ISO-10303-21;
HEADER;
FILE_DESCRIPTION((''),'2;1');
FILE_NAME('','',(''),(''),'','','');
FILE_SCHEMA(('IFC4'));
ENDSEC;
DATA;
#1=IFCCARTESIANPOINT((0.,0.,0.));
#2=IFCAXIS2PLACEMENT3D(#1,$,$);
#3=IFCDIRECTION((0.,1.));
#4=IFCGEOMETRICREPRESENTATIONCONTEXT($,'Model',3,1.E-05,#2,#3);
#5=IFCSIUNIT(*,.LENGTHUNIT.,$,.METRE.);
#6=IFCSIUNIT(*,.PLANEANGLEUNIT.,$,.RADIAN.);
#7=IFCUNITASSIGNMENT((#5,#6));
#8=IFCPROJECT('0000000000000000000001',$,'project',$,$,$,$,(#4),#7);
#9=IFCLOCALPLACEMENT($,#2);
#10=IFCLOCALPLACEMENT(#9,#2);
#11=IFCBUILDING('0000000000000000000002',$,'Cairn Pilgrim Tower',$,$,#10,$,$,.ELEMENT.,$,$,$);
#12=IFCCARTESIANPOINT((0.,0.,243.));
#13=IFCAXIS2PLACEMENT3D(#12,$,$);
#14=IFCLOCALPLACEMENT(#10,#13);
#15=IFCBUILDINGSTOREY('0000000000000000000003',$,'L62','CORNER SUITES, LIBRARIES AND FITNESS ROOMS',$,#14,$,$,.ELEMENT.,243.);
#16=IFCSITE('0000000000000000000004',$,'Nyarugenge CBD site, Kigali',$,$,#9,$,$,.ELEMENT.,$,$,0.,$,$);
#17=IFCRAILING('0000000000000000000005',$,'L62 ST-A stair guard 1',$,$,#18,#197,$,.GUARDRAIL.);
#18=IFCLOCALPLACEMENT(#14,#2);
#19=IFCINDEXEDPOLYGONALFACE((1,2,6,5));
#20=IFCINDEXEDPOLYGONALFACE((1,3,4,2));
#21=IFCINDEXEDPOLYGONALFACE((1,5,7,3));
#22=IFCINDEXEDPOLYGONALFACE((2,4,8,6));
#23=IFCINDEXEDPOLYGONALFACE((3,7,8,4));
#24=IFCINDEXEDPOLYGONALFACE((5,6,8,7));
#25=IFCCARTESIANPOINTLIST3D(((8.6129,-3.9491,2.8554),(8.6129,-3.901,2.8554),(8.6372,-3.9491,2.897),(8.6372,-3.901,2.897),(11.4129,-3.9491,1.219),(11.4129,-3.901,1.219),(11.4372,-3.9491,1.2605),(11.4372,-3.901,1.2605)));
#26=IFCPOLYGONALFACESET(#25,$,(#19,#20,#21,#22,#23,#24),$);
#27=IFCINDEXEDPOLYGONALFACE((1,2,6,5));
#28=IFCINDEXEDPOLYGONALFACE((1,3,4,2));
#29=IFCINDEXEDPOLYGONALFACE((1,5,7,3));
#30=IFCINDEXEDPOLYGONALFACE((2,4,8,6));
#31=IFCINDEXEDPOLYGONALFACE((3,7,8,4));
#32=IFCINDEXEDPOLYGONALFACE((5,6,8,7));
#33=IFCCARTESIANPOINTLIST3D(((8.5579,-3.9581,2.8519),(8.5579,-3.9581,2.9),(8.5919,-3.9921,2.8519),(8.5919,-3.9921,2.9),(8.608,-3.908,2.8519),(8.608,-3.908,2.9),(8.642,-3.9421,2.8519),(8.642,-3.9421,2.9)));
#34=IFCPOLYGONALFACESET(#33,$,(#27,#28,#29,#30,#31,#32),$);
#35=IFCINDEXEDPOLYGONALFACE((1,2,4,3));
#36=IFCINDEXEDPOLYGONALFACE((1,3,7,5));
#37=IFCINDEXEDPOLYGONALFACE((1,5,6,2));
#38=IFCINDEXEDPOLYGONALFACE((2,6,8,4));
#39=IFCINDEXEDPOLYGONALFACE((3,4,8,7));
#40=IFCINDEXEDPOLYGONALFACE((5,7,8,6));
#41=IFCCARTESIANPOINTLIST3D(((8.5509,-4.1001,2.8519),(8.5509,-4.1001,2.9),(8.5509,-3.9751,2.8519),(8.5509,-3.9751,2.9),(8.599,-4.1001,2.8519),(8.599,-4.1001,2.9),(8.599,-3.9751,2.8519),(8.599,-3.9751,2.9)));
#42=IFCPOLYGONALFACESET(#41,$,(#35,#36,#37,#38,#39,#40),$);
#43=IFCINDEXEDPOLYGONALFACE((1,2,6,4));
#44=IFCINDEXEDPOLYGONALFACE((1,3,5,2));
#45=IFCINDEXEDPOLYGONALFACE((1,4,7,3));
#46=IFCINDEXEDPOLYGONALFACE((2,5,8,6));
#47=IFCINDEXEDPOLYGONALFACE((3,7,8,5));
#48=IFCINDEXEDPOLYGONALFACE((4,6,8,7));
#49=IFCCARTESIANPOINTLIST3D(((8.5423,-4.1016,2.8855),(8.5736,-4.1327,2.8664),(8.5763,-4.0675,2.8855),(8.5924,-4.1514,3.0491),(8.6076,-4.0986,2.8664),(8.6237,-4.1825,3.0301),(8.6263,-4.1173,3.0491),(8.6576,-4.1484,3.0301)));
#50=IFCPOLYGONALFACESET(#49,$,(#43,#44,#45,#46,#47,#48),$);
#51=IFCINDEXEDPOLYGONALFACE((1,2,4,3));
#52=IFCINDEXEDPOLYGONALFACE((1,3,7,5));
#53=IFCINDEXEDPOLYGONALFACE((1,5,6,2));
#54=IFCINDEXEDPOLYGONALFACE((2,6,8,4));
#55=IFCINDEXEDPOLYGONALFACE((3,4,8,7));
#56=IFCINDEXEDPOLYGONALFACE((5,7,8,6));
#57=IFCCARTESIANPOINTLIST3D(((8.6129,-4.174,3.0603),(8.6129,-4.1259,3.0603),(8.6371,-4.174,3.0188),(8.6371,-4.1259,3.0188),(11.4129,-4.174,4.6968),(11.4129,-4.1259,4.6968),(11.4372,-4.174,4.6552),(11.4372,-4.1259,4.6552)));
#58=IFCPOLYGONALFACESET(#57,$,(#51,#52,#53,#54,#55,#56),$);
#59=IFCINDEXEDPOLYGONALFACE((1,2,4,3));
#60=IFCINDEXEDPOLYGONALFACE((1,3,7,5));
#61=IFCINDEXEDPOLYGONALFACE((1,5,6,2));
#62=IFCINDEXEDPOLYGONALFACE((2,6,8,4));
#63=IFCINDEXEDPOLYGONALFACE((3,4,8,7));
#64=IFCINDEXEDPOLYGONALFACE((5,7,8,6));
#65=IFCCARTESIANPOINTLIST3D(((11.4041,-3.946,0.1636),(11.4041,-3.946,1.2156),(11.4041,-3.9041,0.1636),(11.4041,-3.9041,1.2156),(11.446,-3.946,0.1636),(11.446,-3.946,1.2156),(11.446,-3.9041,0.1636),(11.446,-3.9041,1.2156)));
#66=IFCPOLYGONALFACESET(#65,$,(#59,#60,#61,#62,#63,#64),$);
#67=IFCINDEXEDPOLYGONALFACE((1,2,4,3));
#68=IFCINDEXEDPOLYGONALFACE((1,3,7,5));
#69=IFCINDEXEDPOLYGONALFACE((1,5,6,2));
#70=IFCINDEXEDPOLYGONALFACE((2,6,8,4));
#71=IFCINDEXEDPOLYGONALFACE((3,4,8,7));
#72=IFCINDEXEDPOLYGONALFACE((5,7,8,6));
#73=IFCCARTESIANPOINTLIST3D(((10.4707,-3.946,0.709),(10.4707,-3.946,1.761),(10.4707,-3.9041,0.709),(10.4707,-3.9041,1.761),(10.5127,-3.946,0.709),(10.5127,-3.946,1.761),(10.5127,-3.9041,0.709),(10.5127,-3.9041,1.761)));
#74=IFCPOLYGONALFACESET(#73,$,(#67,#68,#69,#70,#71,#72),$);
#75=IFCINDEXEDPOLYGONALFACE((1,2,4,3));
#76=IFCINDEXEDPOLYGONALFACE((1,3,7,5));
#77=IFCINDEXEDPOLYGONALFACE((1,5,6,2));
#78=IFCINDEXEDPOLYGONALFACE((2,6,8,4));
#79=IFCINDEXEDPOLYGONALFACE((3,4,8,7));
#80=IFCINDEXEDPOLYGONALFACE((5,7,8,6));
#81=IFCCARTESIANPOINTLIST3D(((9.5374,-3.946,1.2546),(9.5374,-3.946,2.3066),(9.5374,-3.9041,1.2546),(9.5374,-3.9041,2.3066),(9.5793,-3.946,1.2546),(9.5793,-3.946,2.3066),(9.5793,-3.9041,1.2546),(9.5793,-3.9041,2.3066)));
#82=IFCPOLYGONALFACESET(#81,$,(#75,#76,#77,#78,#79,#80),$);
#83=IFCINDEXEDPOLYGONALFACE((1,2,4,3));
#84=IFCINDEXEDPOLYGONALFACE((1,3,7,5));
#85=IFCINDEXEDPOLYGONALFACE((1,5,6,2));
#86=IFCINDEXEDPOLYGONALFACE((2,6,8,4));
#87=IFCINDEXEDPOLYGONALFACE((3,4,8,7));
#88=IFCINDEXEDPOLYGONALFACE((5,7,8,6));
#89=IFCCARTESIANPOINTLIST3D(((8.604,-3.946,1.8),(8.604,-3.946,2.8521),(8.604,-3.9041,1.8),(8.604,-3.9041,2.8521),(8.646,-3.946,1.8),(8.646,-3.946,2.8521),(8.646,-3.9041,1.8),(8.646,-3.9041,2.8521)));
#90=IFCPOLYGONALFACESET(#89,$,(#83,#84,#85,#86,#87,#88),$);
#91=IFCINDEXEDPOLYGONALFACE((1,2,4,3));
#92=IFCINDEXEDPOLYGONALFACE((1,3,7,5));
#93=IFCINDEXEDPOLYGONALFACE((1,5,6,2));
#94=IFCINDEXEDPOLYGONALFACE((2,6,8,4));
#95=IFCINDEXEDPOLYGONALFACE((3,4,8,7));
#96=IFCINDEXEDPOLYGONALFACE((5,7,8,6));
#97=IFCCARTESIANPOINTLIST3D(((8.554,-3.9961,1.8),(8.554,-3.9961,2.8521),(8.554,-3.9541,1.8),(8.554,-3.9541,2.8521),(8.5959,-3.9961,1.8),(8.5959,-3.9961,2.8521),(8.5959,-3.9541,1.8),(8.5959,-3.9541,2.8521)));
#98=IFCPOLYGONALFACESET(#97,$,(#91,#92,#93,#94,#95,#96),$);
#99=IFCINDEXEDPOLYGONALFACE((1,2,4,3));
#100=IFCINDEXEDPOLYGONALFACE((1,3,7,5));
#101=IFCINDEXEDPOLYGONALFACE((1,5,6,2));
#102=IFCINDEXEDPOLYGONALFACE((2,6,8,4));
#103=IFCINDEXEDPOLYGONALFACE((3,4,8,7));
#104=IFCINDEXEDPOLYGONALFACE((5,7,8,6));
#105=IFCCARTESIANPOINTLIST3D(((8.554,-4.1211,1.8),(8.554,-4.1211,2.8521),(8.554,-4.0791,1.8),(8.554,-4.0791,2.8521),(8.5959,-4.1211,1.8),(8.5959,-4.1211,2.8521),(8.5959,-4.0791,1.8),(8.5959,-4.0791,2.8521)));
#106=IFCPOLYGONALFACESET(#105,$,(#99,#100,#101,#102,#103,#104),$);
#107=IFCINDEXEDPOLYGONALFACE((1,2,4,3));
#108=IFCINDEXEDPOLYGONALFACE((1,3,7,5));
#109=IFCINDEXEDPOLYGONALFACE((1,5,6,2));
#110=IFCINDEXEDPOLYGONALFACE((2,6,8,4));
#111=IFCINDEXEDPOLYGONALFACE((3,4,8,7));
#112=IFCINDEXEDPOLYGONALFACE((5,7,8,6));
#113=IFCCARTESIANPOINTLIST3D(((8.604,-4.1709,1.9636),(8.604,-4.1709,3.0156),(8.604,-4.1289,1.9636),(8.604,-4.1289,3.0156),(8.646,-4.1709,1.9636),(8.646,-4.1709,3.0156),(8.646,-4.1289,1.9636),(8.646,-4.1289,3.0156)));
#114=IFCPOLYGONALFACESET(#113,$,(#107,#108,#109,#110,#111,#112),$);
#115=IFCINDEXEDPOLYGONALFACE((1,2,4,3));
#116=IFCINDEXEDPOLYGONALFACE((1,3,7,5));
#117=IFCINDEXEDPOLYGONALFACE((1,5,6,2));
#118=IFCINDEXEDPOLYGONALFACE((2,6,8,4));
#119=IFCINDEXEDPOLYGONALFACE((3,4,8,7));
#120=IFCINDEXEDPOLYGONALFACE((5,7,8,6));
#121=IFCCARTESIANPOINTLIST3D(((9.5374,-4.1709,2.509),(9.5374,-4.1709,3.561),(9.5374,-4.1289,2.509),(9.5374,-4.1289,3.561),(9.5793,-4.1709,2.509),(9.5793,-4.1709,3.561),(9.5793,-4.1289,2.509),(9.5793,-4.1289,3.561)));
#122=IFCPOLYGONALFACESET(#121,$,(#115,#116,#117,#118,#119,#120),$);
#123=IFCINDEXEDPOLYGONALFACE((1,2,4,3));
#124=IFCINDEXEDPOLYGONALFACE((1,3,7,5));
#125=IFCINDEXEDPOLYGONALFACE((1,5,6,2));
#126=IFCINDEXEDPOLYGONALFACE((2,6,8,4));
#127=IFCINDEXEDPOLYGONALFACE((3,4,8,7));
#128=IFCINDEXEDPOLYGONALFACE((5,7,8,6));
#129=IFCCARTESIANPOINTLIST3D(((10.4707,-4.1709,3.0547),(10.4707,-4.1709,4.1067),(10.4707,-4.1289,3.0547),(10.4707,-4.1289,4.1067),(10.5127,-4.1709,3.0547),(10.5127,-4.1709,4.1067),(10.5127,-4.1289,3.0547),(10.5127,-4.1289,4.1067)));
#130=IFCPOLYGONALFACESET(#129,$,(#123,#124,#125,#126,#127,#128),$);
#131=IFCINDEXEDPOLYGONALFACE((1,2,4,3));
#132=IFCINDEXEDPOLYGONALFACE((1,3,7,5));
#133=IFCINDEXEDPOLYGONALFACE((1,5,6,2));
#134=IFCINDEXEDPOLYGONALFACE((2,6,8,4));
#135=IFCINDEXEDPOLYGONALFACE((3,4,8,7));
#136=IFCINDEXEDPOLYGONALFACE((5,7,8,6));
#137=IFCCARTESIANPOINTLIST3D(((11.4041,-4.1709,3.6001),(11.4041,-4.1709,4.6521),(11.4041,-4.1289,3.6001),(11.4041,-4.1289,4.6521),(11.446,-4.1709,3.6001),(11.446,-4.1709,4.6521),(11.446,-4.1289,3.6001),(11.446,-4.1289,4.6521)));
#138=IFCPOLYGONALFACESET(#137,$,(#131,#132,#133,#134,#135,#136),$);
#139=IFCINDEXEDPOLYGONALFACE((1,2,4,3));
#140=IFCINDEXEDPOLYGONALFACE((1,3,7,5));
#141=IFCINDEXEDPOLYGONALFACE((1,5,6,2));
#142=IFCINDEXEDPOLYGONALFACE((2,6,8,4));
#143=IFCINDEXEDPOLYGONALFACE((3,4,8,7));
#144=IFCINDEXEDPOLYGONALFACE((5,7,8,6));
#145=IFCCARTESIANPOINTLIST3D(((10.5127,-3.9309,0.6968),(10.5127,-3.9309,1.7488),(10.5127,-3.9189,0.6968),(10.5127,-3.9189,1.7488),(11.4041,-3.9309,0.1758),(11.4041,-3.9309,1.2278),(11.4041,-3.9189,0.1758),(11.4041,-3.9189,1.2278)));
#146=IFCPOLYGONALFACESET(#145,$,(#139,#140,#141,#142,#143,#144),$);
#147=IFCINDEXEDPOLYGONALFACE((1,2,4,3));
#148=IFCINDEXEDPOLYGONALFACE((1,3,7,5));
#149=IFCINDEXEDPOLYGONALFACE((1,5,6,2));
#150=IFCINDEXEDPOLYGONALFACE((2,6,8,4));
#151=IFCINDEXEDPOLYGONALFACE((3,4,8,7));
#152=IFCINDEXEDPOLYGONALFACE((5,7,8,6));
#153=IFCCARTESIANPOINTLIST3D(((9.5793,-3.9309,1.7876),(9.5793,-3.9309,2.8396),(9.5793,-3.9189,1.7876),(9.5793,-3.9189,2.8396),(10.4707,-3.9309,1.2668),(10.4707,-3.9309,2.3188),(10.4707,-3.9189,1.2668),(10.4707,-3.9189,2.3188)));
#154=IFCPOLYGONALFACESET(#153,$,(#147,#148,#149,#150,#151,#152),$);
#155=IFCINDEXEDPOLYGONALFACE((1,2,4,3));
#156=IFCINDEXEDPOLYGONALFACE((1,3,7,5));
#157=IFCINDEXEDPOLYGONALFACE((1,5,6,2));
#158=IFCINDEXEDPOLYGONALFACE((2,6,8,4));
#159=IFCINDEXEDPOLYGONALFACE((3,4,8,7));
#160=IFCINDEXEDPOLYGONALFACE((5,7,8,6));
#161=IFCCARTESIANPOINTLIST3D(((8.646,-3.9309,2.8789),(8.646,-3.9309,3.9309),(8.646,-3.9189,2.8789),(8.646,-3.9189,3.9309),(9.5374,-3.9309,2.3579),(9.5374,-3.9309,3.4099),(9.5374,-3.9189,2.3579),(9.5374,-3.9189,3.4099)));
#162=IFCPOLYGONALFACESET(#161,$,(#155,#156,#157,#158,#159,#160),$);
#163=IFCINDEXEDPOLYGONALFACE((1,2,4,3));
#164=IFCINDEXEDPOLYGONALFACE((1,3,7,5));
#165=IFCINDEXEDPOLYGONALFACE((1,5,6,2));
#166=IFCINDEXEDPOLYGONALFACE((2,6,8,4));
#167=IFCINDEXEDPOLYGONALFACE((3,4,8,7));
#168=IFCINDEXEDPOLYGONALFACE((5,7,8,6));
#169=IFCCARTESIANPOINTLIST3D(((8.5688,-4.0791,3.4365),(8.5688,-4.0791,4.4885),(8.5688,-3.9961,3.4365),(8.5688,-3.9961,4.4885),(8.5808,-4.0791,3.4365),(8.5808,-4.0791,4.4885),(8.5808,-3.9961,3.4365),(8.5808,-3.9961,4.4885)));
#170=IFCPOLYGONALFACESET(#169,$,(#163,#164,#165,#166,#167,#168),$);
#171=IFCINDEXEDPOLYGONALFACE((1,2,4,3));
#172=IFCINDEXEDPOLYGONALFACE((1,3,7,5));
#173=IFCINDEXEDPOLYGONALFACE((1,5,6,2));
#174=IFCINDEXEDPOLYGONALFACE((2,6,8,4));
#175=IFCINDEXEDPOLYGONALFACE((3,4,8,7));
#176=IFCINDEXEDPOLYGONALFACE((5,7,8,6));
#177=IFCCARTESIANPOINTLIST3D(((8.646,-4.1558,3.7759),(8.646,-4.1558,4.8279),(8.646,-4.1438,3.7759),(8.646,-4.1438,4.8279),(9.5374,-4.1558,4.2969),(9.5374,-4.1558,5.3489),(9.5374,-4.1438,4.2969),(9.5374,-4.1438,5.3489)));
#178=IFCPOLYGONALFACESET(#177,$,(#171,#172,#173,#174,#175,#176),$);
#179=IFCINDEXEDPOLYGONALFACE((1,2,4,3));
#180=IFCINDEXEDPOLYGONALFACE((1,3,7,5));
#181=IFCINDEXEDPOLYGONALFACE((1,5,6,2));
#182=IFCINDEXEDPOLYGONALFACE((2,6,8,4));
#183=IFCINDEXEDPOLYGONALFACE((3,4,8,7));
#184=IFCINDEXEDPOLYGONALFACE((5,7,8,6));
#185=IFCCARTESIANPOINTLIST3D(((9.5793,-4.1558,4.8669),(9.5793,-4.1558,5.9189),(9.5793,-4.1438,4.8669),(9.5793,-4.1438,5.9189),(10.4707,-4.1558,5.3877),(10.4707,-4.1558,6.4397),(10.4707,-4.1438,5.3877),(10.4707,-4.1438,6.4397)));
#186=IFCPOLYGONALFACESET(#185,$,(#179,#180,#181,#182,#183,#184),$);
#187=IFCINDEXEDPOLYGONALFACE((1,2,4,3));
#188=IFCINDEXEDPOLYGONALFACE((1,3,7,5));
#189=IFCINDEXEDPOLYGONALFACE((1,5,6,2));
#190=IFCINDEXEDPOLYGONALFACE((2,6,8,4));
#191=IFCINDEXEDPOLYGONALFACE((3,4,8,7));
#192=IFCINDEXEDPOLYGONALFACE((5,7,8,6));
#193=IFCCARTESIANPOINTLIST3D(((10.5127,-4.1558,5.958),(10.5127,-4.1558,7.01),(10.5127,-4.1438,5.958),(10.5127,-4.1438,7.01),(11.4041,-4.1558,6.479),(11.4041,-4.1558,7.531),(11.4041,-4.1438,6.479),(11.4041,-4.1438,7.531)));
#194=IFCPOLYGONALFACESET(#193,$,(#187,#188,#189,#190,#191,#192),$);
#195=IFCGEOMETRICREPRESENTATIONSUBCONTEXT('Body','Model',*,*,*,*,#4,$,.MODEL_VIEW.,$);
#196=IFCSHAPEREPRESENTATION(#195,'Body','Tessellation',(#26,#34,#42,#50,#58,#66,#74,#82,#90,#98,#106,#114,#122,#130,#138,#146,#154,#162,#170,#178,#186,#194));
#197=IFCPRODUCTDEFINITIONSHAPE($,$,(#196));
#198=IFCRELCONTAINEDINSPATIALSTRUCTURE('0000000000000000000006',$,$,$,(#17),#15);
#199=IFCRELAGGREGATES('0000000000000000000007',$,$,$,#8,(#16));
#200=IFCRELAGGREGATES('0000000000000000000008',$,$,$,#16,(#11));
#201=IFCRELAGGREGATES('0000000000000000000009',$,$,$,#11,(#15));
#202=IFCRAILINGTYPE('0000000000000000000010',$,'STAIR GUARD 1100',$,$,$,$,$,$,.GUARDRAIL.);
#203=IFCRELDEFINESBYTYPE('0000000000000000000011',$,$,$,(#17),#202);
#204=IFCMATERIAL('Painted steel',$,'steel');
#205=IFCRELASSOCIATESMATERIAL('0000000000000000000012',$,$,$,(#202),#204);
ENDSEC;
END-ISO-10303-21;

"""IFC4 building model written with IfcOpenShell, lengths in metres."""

from ifc_helpers import new_model, si_unit, direction, frame, origin, origin_2d, place, context, subcontext, project, spatial, polyline, rectangle, outline, extrude, material, type_object, element, save


model = new_model("IFC4")

# Units and contexts
model_context = context("Model", 3, precision=1e-05, world=origin(), true_north=direction((0.0, 1.0)))
body_context = subcontext(model_context, "Body", "Model", "MODEL_VIEW")
ifc_project = project(units=[si_unit("LENGTHUNIT", "METRE"), si_unit("PLANEANGLEUNIT", "RADIAN")], contexts=[model_context])

# Site, building, storey
site_placement = place(None, origin())
site = spatial("IfcSite", under=ifc_project, at=site_placement, Name="Nyarugenge CBD site, Kigali", CompositionType="ELEMENT", RefElevation=0.0)
building_placement = place(site_placement, origin())
building = spatial("IfcBuilding", under=site, at=building_placement, Name="Cairn Pilgrim Tower", CompositionType="ELEMENT")
storey_placement = place(building_placement, frame((0.0, 0.0, 243.0)))
storey = spatial("IfcBuildingStorey", under=building, at=storey_placement, Name="L62", Description="CORNER SUITES, LIBRARIES AND FITNESS ROOMS", CompositionType="ELEMENT", Elevation=243.0)

# Shared definitions
ifc_material_1 = material(Name="Painted steel", Category="steel")

# Railing
railing_type_1 = type_object("IfcRailingType", Name="STAIR GUARD 1100", PredefinedType="GUARDRAIL", material=ifc_material_1)
railing_1_placement = place(storey_placement, frame((11.425, -3.925, 0.1636)))
element("IfcRailing", 1, at=railing_1_placement, inside=storey, type_object=railing_type_1, Name="L62 ST-A stair guard 1", PredefinedType="GUARDRAIL", context=body_context, shape_type="SweptSolid", body=[
    extrude(rectangle(XDim=0.0481, YDim=0.0481, at=origin_2d()), frame((0.0, 0.0, 1.0762), z_axis=(-0.863361, 0.0, 0.504587), x_axis=(0.0, -1.0, 0.0)), (0.0, 0.0, 1.0), 3.2432),
    extrude(rectangle(XDim=0.0481, YDim=0.0481, at=origin_2d()), frame((-2.8, 0.0, 2.7124), z_axis=(-0.707107, -0.707107, 0.0), x_axis=(0.707107, -0.707107, 0.0)), (0.0, 0.0, 1.0), 0.0708),
    extrude(rectangle(XDim=0.0481, YDim=0.0481, at=origin_2d()), frame((-2.8501, -0.05, 2.7124), z_axis=(0.0, -1.0, 0.0), x_axis=(1.0, 0.0, 0.0)), (0.0, 0.0, 1.0), 0.125),
    extrude(rectangle(XDim=0.0481, YDim=0.0481, at=origin_2d()), frame((-2.8501, -0.175, 2.7124), z_axis=(0.280917, -0.279546, 0.918118), x_axis=(0.705376, 0.708834, 0.0)), (0.0, 0.0, 1.0), 0.1782),
    extrude(rectangle(XDim=0.0481, YDim=0.0481, at=origin_2d()), frame((-2.8, -0.2249, 2.876), z_axis=(0.863361, 0.0, 0.504587), x_axis=(0.0, 1.0, 0.0)), (0.0, 0.0, 1.0), 3.2432),
    extrude(rectangle(XDim=0.042, YDim=0.042, at=origin_2d()), origin(), (0.0, 0.0, 1.0), 1.052),
    extrude(rectangle(XDim=0.042, YDim=0.042, at=origin_2d()), frame((-0.9333, 0.0, 0.5454)), (0.0, 0.0, 1.0), 1.052),
    extrude(rectangle(XDim=0.042, YDim=0.042, at=origin_2d()), frame((-1.8667, 0.0, 1.0911)), (0.0, 0.0, 1.0), 1.052),
    extrude(rectangle(XDim=0.042, YDim=0.042, at=origin_2d()), frame((-2.8, 0.0, 1.6365)), (0.0, 0.0, 1.0), 1.052),
    extrude(rectangle(XDim=0.042, YDim=0.042, at=origin_2d()), frame((-2.8501, -0.05, 1.6365)), (0.0, 0.0, 1.0), 1.052),
    extrude(rectangle(XDim=0.042, YDim=0.042, at=origin_2d()), frame((-2.8501, -0.175, 1.6365)), (0.0, 0.0, 1.0), 1.052),
    extrude(rectangle(XDim=0.042, YDim=0.042, at=origin_2d()), frame((-2.8, -0.2249, 1.8)), (0.0, 0.0, 1.0), 1.052),
    extrude(rectangle(XDim=0.042, YDim=0.042, at=origin_2d()), frame((-1.8667, -0.2249, 2.3455)), (0.0, 0.0, 1.0), 1.052),
    extrude(rectangle(XDim=0.042, YDim=0.042, at=origin_2d()), frame((-0.9333, -0.2249, 2.8911)), (0.0, 0.0, 1.0), 1.052),
    extrude(rectangle(XDim=0.042, YDim=0.042, at=origin_2d()), frame((0.0, -0.2249, 3.4365)), (0.0, 0.0, 1.0), 1.052),
    extrude(outline(polyline([(0.021, 0.0122), (0.9124, 0.5332), (0.9124, 1.5852), (0.021, 1.0642), (0.021, 0.0122)])), frame((0.0, -0.0059, 0.0), z_axis=(0.0, 1.0, 0.0), x_axis=(-1.0, 0.0, 0.0)), (0.0, 0.0, 1.0), 0.012),
    extrude(outline(polyline([(0.021, 0.5579), (0.9124, 1.0786), (0.9124, 2.1306), (0.021, 1.6099), (0.021, 0.5579)])), frame((-0.9333, -0.0059, 0.5454), z_axis=(0.0, 1.0, 0.0), x_axis=(-1.0, 0.0, 0.0)), (0.0, 0.0, 1.0), 0.012),
    extrude(outline(polyline([(0.021, 1.1033), (0.9124, 1.6243), (0.9124, 2.6763), (0.021, 2.1553), (0.021, 1.1033)])), frame((-1.8667, -0.0059, 1.0911), z_axis=(0.0, 1.0, 0.0), x_axis=(-1.0, 0.0, 0.0)), (0.0, 0.0, 1.0), 0.012),
    extrude(outline(polyline([(0.021, 1.6365), (0.104, 1.6365), (0.104, 2.6885), (0.021, 2.6885), (0.021, 1.6365)])), frame((-2.8442, -0.05, 1.6365), z_axis=(-1.0, 0.0, 0.0), x_axis=(0.0, -1.0, 0.0)), (0.0, 0.0, 1.0), 0.012),
    extrude(outline(polyline([(0.021, 1.8123), (0.9124, 2.3333), (0.9124, 3.3853), (0.021, 2.8643), (0.021, 1.8123)])), frame((-2.8, -0.2188, 1.8), z_axis=(0.0, -1.0, 0.0), x_axis=(1.0, 0.0, 0.0)), (0.0, 0.0, 1.0), 0.012),
    extrude(outline(polyline([(0.021, 2.3579), (0.9124, 2.8787), (0.9124, 3.9307), (0.021, 3.4099), (0.021, 2.3579)])), frame((-1.8667, -0.2188, 2.3455), z_axis=(0.0, -1.0, 0.0), x_axis=(1.0, 0.0, 0.0)), (0.0, 0.0, 1.0), 0.012),
    extrude(outline(polyline([(0.021, 2.9033), (0.9124, 3.4243), (0.9124, 4.4763), (0.021, 3.9553), (0.021, 2.9033)])), frame((-0.9333, -0.2188, 2.8911), z_axis=(0.0, -1.0, 0.0), x_axis=(1.0, 0.0, 0.0)), (0.0, 0.0, 1.0), 0.012),
])

save(model, "model.ifc")
